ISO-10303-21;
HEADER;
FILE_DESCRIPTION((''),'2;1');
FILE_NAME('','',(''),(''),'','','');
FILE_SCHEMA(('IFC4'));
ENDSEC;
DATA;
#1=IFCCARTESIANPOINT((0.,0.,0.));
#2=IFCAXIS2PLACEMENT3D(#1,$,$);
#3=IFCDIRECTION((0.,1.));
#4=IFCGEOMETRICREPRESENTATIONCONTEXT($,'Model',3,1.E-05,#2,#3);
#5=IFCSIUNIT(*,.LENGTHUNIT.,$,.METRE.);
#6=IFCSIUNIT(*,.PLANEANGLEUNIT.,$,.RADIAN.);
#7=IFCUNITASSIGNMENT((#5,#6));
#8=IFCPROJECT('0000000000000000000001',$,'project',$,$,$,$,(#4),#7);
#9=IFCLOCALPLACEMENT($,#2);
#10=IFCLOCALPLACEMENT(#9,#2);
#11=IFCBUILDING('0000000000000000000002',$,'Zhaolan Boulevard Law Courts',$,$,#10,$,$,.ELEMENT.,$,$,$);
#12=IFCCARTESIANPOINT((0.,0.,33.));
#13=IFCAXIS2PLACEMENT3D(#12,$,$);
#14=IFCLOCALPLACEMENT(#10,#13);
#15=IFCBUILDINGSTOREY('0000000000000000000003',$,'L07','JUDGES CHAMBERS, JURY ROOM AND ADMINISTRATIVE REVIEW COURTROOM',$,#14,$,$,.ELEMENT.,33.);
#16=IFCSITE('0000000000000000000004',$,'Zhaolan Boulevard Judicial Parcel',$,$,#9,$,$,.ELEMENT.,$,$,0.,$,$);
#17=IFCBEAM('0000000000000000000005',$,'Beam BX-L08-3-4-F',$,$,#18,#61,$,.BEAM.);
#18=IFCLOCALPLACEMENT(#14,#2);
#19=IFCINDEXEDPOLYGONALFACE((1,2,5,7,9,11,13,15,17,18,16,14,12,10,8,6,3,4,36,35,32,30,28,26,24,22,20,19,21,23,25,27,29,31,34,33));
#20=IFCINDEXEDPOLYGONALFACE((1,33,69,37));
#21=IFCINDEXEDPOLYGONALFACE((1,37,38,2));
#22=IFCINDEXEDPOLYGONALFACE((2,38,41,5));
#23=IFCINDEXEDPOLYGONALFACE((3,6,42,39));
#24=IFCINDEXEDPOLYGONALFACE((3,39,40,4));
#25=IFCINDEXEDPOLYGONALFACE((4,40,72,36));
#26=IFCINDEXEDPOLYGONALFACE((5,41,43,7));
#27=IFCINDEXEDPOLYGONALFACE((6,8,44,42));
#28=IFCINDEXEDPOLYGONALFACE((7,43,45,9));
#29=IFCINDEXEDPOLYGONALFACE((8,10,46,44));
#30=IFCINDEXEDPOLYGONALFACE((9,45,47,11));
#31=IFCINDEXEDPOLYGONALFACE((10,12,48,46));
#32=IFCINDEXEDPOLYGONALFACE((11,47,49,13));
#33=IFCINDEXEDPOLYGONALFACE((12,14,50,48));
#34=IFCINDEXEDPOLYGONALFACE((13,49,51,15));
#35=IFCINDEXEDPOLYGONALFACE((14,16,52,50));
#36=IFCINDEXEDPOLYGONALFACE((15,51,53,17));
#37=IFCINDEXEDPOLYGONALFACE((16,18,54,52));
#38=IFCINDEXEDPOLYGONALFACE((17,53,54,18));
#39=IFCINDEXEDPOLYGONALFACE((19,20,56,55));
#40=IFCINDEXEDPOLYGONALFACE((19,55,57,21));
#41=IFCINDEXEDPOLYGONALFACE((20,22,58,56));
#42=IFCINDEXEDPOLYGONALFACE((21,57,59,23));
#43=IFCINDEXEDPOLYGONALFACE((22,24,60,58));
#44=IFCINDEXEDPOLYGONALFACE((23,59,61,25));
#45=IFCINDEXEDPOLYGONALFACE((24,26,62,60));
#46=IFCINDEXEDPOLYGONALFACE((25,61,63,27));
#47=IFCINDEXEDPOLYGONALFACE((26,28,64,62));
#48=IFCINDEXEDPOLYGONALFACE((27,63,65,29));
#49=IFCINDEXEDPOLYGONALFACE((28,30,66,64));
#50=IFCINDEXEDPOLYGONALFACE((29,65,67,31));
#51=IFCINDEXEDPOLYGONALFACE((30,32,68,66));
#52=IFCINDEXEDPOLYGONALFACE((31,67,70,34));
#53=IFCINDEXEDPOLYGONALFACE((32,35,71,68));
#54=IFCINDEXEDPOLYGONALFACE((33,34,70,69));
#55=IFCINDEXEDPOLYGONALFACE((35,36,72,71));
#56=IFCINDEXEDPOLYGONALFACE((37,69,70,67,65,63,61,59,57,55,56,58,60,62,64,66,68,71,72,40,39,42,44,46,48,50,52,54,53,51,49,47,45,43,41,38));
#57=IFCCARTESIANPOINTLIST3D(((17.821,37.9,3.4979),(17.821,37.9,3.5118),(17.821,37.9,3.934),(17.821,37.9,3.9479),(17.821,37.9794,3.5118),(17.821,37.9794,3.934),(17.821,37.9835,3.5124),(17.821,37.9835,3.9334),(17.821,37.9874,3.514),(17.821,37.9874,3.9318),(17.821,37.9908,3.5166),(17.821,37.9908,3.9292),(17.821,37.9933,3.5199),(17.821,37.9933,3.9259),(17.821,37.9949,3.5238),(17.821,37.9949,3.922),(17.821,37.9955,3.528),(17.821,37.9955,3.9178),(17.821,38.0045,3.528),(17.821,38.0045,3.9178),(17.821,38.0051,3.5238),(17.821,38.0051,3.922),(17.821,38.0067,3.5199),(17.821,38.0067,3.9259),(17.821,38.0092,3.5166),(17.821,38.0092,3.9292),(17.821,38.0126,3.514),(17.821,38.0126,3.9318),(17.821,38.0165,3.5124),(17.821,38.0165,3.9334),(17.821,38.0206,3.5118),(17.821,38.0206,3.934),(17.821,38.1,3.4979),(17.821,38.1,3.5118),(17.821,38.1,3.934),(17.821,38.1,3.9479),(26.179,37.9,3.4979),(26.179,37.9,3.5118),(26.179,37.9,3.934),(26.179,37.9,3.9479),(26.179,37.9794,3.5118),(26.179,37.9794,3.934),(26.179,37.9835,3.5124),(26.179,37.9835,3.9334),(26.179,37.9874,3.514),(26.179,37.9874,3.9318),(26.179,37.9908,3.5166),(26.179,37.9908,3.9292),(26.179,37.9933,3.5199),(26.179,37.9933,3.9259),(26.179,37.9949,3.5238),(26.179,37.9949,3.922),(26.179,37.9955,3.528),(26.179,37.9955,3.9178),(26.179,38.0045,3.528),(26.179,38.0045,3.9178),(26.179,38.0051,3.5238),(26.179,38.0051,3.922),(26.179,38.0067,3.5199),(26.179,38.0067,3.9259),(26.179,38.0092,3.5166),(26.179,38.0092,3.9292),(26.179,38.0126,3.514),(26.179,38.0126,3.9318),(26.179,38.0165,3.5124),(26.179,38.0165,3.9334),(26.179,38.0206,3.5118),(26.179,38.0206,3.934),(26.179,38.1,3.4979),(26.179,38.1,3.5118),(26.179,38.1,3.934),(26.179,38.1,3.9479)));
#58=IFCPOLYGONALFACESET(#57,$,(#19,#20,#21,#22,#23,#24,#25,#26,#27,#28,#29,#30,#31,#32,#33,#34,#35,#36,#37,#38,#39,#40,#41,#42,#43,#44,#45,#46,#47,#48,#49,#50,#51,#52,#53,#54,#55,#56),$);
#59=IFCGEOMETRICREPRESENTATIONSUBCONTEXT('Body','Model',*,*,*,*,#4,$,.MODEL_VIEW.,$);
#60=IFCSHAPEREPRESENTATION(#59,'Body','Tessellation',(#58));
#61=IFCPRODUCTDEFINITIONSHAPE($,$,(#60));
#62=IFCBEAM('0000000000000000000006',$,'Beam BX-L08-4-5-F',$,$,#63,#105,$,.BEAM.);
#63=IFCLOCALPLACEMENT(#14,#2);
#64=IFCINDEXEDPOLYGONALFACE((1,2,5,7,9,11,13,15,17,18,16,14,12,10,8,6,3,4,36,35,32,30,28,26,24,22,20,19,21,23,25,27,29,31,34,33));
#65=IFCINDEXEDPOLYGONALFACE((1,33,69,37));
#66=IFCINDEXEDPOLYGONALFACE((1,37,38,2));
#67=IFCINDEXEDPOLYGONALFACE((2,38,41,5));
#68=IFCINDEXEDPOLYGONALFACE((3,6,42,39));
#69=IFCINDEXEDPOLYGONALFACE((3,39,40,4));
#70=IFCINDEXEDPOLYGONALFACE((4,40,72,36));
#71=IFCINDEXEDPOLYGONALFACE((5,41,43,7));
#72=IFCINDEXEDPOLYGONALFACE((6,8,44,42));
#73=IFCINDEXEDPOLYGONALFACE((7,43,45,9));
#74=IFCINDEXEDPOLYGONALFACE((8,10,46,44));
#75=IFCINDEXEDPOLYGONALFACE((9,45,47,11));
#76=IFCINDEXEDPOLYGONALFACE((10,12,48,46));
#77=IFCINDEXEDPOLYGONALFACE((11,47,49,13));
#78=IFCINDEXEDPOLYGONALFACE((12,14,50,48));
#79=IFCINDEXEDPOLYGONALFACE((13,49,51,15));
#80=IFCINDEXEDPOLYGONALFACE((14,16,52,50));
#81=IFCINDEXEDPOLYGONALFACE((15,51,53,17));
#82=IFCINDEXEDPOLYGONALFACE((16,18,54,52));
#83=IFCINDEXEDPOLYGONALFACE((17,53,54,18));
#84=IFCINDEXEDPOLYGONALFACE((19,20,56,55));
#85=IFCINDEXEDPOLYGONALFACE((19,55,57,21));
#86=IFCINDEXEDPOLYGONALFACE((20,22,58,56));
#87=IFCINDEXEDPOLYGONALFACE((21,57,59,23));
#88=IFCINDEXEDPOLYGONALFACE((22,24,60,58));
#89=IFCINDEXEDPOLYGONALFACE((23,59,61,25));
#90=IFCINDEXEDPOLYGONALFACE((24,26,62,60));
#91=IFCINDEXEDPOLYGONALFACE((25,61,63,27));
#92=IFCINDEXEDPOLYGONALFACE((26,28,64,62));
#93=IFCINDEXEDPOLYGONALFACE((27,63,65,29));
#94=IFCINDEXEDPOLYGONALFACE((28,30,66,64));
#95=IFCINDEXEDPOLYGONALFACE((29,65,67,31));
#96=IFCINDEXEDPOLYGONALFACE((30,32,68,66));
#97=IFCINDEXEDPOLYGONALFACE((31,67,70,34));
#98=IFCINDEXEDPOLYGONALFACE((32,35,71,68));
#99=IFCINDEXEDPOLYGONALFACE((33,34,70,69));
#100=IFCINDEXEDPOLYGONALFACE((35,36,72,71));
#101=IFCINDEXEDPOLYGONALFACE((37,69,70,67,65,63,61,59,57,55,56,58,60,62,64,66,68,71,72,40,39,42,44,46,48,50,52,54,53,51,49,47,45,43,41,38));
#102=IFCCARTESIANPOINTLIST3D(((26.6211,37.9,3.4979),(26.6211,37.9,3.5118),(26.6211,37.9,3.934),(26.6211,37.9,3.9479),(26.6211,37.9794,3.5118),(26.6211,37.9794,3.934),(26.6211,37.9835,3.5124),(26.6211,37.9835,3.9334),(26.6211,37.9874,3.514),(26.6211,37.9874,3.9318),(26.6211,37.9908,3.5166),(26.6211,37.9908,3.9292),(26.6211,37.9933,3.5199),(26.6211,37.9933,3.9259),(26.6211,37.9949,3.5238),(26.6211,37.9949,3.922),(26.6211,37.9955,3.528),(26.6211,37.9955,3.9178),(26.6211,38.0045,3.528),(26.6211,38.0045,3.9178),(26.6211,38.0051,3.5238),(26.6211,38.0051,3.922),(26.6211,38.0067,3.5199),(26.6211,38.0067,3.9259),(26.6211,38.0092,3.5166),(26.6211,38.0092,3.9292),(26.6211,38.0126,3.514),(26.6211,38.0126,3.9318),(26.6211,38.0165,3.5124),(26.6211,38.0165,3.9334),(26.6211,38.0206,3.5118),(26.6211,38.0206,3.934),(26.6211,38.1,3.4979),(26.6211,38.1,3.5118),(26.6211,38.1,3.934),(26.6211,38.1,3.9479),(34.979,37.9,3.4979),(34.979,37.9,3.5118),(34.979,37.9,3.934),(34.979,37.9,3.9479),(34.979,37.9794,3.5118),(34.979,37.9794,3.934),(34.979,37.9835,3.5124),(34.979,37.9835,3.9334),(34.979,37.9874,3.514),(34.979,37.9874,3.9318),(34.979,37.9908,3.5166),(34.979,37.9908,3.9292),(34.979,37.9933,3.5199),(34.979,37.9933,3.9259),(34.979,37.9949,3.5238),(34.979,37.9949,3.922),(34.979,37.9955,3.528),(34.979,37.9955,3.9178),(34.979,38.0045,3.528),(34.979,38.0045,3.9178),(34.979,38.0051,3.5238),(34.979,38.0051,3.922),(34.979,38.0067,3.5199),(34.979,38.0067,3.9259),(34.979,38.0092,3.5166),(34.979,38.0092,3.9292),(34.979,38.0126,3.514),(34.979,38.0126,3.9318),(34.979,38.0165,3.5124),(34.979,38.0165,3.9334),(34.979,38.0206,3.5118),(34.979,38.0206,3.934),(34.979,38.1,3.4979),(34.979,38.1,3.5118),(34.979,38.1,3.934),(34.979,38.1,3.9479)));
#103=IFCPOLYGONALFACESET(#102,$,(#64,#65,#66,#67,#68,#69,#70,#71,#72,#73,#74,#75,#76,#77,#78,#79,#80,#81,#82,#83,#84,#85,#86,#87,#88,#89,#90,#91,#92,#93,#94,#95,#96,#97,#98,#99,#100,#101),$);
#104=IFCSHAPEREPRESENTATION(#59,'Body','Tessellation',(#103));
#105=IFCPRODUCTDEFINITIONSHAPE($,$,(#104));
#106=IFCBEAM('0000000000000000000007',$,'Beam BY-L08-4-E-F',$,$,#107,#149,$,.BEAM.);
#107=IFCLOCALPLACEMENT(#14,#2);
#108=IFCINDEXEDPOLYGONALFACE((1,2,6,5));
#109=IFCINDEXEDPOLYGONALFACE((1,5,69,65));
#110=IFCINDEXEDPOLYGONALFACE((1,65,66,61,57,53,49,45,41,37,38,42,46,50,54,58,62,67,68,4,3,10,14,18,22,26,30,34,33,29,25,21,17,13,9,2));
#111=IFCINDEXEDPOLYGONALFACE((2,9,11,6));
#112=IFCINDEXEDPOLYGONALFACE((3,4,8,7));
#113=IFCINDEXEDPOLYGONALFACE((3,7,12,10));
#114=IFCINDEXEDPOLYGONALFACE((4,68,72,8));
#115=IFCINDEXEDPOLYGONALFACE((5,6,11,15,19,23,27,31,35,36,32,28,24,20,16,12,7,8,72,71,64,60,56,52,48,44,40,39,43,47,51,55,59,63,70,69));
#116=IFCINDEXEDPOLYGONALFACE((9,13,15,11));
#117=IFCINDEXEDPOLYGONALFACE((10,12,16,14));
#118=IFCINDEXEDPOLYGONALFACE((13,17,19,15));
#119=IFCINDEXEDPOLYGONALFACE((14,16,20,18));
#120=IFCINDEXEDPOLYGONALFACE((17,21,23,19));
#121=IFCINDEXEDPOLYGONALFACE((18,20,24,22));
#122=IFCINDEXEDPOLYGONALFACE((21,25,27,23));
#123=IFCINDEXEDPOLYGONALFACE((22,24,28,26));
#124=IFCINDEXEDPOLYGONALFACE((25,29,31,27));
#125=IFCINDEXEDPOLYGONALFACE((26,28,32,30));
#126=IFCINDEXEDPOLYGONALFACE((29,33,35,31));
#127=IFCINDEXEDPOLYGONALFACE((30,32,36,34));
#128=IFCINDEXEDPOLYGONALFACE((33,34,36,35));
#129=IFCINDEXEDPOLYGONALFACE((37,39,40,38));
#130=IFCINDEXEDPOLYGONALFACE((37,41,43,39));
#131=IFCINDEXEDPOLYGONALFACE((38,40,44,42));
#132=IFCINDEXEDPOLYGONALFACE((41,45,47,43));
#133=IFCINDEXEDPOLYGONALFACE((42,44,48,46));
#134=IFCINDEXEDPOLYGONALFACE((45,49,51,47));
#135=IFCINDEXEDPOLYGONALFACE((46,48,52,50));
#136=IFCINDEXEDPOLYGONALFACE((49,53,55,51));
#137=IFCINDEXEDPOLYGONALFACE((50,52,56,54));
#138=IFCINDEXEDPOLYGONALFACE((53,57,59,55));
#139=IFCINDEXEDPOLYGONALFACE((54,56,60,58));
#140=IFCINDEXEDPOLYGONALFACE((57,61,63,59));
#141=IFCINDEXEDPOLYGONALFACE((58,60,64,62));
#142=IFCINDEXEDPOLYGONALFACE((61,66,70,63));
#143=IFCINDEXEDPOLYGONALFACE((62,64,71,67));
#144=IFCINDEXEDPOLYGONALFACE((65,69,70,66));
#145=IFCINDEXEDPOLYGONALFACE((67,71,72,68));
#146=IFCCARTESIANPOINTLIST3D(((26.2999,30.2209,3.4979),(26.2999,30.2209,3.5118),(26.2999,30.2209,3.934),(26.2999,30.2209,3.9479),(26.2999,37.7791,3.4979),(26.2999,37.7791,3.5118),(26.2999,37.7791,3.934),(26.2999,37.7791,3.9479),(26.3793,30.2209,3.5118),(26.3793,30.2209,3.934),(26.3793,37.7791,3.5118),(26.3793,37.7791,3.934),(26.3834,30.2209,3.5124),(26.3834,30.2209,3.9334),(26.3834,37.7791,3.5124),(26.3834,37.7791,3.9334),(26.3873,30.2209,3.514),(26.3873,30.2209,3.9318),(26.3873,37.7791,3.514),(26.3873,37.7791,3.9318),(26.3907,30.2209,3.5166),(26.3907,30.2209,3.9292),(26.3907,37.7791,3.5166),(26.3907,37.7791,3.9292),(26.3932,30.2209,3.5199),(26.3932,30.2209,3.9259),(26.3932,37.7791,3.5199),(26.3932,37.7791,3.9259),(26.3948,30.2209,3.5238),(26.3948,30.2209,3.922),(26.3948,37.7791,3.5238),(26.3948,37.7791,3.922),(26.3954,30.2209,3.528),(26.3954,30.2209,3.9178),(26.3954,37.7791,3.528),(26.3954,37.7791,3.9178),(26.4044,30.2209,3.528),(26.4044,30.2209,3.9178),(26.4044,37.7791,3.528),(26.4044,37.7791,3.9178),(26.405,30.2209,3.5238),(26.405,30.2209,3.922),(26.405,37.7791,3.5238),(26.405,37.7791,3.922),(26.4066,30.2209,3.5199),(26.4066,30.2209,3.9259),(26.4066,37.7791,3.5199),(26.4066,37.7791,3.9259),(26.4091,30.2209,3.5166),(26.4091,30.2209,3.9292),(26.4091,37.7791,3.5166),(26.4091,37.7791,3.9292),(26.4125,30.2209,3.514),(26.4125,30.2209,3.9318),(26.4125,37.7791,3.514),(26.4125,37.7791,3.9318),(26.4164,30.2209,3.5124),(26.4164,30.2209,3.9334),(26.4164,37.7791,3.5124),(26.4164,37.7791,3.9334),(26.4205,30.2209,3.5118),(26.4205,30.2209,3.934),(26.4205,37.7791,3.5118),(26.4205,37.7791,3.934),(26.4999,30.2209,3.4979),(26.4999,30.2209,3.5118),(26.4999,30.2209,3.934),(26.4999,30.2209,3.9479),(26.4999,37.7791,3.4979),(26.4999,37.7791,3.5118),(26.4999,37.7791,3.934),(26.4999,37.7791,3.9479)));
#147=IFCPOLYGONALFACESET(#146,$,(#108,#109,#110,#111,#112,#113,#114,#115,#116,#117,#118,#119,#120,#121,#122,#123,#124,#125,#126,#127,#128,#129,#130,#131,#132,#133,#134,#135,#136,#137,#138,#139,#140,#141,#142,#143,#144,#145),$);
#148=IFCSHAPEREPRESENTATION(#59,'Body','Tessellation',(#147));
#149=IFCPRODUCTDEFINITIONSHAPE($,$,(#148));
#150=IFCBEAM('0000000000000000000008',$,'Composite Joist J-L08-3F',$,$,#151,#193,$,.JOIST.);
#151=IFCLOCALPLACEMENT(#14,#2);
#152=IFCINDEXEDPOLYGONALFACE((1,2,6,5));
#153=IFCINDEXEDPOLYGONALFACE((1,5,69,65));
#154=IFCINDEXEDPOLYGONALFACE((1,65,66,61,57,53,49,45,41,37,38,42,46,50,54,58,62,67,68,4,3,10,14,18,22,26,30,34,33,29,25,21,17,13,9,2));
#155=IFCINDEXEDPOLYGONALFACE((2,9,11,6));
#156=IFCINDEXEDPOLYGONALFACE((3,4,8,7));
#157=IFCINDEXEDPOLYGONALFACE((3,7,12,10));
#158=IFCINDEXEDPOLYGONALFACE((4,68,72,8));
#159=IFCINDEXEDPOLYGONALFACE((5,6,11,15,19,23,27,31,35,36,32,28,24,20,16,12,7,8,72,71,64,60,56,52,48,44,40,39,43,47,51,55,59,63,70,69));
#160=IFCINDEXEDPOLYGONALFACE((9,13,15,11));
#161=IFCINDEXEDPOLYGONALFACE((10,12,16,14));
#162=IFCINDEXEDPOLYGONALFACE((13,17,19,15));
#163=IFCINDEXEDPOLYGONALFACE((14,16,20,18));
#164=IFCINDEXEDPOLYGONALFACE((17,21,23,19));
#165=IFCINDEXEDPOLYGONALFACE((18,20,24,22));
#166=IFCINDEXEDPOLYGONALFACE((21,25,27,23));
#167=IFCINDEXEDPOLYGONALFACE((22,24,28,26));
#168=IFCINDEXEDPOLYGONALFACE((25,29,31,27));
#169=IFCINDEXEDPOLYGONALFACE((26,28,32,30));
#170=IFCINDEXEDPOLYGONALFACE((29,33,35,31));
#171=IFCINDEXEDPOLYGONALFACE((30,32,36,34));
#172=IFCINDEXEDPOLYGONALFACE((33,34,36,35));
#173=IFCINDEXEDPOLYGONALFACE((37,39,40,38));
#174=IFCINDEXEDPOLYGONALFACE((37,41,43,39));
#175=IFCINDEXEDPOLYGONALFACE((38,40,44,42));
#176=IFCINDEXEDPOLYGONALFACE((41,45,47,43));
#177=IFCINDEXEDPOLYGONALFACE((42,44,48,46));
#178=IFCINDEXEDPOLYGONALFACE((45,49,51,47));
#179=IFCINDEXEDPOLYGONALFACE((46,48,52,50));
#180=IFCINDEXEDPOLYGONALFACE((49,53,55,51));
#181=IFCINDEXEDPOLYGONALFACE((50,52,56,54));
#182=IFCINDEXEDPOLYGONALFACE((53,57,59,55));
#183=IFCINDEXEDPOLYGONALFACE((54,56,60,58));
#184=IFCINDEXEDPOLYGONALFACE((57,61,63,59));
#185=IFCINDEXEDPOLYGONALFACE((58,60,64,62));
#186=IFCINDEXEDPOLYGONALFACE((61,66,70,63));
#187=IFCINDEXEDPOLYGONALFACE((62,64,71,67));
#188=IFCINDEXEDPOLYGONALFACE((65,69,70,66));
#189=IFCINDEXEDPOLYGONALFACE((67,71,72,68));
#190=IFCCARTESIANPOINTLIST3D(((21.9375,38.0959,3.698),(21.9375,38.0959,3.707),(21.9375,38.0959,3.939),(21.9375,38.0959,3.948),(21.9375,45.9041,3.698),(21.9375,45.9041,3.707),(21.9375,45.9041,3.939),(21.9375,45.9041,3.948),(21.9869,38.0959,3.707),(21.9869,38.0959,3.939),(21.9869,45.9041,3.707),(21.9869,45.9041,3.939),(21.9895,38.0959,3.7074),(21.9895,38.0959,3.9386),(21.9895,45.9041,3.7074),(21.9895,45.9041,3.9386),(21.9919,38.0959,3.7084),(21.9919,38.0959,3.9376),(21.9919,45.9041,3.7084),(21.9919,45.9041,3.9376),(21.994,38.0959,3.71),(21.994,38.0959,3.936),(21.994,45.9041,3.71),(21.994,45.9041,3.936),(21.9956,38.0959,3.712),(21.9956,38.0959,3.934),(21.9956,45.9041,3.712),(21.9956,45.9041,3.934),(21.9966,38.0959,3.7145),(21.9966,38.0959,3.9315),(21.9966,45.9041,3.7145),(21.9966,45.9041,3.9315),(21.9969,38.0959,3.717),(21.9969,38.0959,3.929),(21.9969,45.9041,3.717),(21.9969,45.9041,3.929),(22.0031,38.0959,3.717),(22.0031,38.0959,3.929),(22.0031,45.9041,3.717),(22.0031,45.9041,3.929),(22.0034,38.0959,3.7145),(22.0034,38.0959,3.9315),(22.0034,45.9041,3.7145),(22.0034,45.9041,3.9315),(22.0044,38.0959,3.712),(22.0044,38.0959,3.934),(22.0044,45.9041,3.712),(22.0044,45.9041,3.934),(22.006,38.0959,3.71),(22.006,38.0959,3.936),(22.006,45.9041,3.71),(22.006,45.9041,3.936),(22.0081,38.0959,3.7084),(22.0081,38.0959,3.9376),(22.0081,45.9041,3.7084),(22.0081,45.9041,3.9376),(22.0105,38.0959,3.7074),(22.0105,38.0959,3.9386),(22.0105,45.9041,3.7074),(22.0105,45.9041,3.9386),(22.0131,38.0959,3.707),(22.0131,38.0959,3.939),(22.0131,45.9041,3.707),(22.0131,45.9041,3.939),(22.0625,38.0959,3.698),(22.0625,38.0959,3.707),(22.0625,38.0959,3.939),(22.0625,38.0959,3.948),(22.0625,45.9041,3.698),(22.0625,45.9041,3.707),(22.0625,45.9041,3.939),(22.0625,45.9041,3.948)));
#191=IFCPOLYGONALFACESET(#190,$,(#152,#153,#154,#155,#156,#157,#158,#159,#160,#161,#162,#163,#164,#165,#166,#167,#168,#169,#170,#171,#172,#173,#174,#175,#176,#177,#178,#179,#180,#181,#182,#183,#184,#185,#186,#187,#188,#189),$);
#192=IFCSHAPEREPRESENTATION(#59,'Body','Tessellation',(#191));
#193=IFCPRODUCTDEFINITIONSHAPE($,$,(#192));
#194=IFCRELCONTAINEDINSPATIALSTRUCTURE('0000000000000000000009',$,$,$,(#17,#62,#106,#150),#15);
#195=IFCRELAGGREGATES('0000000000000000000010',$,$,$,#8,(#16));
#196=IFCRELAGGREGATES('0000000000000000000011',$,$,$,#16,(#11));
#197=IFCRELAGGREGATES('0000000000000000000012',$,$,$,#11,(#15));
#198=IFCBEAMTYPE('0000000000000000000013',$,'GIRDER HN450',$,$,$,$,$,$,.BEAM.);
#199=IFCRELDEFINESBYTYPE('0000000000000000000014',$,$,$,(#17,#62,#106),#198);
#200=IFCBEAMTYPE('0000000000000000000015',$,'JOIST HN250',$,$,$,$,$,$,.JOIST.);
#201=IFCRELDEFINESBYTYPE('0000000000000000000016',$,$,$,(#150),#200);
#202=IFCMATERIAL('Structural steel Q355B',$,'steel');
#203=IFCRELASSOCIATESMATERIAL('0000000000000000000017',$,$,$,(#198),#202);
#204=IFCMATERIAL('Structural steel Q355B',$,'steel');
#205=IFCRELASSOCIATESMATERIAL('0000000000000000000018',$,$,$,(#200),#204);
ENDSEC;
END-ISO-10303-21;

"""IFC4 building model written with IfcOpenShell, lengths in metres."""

from ifc_helpers import new_model, si_unit, direction, frame, origin, origin_2d, place, context, subcontext, project, spatial, i_section, extrude, material, material_profile, profile_set, type_object, element, save


model = new_model("IFC4")

# Units and contexts
model_context = context("Model", 3, precision=1e-05, world=origin(), true_north=direction((0.0, 1.0)))
body_context = subcontext(model_context, "Body", "Model", "MODEL_VIEW")
ifc_project = project(units=[si_unit("LENGTHUNIT", "METRE"), si_unit("PLANEANGLEUNIT", "RADIAN")], contexts=[model_context])

# Site, building, storey
site_placement = place(None, origin())
site = spatial("IfcSite", under=ifc_project, at=site_placement, Name="Zhaolan Boulevard Judicial Parcel", CompositionType="ELEMENT", RefElevation=0.0)
building_placement = place(site_placement, origin())
building = spatial("IfcBuilding", under=site, at=building_placement, Name="Zhaolan Boulevard Law Courts", CompositionType="ELEMENT")
storey_placement = place(building_placement, frame((0.0, 0.0, 33.0)))
storey = spatial("IfcBuildingStorey", under=building, at=storey_placement, Name="L07", Description="JUDGES CHAMBERS, JURY ROOM AND ADMINISTRATIVE REVIEW COURTROOM", CompositionType="ELEMENT", Elevation=33.0)

# Beams
ifc_material_1 = material(Name="Structural steel Q355B", Category="steel")
ifc_material_profile_1 = material_profile(ifc_material_1, i_section(OverallWidth=0.2, OverallDepth=0.45, WebThickness=0.009, FlangeThickness=0.0139, FilletRadius=0.0161, at=origin_2d()), Name="HN450x200")
ifc_profile_set_1 = profile_set([ifc_material_profile_1], Name="Structural steel Q355B")
beam_type_1 = type_object("IfcBeamType", Name="GIRDER HN450", PredefinedType="BEAM", material=ifc_profile_set_1)
for number, where, z_axis, x_axis, name in (
    (1, (17.821, 38.0, 3.7229), (1.0, 0.0, 0.0), (0.0, 1.0, 0.0), "Beam BX-L08-3-4-F"),
    (2, (26.6211, 38.0, 3.7229), (1.0, 0.0, 0.0), (0.0, 1.0, 0.0), "Beam BX-L08-4-5-F"),
):
    element("IfcBeam", number, at=place(storey_placement, frame(where, z_axis=z_axis, x_axis=x_axis)), inside=storey, type_object=beam_type_1, Name=name, PredefinedType="BEAM", context=body_context, shape_type="SweptSolid", body=[
        extrude(i_section(OverallWidth=0.2, OverallDepth=0.45, WebThickness=0.009, FlangeThickness=0.0139, FilletRadius=0.0161, at=origin_2d()), origin(), (0.0, 0.0, 1.0), 8.3579),
    ])
beam_1_placement = place(storey_placement, frame((26.3999, 30.2209, 3.7229), z_axis=(0.0, 1.0, 0.0), x_axis=(-1.0, 0.0, 0.0)))
element("IfcBeam", 3, at=beam_1_placement, inside=storey, type_object=beam_type_1, Name="Beam BY-L08-4-E-F", PredefinedType="BEAM", context=body_context, shape_type="SweptSolid", body=[
    extrude(i_section(OverallWidth=0.2, OverallDepth=0.45, WebThickness=0.009, FlangeThickness=0.0139, FilletRadius=0.0161, at=origin_2d()), origin(), (0.0, 0.0, 1.0), 7.5581),
])
ifc_material_2 = material(Name="Structural steel Q355B", Category="steel")
ifc_material_profile_2 = material_profile(ifc_material_2, i_section(OverallWidth=0.125, OverallDepth=0.25, WebThickness=0.0061, FlangeThickness=0.009, FilletRadius=0.01, at=origin_2d()), Name="HN250x125")
ifc_profile_set_2 = profile_set([ifc_material_profile_2], Name="Structural steel Q355B")
beam_type_2 = type_object("IfcBeamType", Name="JOIST HN250", PredefinedType="JOIST", material=ifc_profile_set_2)
for number, where, z_axis, x_axis, name in (
    (4, (22.0, 38.0959, 3.823), (0.0, 1.0, 0.0), (-1.0, 0.0, 0.0), "Composite Joist J-L08-3F"),
):
    element("IfcBeam", number, at=place(storey_placement, frame(where, z_axis=z_axis, x_axis=x_axis)), inside=storey, type_object=beam_type_2, Name=name, PredefinedType="JOIST", context=body_context, shape_type="SweptSolid", body=[
        extrude(i_section(OverallWidth=0.125, OverallDepth=0.25, WebThickness=0.0061, FlangeThickness=0.009, FilletRadius=0.01, at=origin_2d()), origin(), (0.0, 0.0, 1.0), 7.8081),
    ])

save(model, "model.ifc")
